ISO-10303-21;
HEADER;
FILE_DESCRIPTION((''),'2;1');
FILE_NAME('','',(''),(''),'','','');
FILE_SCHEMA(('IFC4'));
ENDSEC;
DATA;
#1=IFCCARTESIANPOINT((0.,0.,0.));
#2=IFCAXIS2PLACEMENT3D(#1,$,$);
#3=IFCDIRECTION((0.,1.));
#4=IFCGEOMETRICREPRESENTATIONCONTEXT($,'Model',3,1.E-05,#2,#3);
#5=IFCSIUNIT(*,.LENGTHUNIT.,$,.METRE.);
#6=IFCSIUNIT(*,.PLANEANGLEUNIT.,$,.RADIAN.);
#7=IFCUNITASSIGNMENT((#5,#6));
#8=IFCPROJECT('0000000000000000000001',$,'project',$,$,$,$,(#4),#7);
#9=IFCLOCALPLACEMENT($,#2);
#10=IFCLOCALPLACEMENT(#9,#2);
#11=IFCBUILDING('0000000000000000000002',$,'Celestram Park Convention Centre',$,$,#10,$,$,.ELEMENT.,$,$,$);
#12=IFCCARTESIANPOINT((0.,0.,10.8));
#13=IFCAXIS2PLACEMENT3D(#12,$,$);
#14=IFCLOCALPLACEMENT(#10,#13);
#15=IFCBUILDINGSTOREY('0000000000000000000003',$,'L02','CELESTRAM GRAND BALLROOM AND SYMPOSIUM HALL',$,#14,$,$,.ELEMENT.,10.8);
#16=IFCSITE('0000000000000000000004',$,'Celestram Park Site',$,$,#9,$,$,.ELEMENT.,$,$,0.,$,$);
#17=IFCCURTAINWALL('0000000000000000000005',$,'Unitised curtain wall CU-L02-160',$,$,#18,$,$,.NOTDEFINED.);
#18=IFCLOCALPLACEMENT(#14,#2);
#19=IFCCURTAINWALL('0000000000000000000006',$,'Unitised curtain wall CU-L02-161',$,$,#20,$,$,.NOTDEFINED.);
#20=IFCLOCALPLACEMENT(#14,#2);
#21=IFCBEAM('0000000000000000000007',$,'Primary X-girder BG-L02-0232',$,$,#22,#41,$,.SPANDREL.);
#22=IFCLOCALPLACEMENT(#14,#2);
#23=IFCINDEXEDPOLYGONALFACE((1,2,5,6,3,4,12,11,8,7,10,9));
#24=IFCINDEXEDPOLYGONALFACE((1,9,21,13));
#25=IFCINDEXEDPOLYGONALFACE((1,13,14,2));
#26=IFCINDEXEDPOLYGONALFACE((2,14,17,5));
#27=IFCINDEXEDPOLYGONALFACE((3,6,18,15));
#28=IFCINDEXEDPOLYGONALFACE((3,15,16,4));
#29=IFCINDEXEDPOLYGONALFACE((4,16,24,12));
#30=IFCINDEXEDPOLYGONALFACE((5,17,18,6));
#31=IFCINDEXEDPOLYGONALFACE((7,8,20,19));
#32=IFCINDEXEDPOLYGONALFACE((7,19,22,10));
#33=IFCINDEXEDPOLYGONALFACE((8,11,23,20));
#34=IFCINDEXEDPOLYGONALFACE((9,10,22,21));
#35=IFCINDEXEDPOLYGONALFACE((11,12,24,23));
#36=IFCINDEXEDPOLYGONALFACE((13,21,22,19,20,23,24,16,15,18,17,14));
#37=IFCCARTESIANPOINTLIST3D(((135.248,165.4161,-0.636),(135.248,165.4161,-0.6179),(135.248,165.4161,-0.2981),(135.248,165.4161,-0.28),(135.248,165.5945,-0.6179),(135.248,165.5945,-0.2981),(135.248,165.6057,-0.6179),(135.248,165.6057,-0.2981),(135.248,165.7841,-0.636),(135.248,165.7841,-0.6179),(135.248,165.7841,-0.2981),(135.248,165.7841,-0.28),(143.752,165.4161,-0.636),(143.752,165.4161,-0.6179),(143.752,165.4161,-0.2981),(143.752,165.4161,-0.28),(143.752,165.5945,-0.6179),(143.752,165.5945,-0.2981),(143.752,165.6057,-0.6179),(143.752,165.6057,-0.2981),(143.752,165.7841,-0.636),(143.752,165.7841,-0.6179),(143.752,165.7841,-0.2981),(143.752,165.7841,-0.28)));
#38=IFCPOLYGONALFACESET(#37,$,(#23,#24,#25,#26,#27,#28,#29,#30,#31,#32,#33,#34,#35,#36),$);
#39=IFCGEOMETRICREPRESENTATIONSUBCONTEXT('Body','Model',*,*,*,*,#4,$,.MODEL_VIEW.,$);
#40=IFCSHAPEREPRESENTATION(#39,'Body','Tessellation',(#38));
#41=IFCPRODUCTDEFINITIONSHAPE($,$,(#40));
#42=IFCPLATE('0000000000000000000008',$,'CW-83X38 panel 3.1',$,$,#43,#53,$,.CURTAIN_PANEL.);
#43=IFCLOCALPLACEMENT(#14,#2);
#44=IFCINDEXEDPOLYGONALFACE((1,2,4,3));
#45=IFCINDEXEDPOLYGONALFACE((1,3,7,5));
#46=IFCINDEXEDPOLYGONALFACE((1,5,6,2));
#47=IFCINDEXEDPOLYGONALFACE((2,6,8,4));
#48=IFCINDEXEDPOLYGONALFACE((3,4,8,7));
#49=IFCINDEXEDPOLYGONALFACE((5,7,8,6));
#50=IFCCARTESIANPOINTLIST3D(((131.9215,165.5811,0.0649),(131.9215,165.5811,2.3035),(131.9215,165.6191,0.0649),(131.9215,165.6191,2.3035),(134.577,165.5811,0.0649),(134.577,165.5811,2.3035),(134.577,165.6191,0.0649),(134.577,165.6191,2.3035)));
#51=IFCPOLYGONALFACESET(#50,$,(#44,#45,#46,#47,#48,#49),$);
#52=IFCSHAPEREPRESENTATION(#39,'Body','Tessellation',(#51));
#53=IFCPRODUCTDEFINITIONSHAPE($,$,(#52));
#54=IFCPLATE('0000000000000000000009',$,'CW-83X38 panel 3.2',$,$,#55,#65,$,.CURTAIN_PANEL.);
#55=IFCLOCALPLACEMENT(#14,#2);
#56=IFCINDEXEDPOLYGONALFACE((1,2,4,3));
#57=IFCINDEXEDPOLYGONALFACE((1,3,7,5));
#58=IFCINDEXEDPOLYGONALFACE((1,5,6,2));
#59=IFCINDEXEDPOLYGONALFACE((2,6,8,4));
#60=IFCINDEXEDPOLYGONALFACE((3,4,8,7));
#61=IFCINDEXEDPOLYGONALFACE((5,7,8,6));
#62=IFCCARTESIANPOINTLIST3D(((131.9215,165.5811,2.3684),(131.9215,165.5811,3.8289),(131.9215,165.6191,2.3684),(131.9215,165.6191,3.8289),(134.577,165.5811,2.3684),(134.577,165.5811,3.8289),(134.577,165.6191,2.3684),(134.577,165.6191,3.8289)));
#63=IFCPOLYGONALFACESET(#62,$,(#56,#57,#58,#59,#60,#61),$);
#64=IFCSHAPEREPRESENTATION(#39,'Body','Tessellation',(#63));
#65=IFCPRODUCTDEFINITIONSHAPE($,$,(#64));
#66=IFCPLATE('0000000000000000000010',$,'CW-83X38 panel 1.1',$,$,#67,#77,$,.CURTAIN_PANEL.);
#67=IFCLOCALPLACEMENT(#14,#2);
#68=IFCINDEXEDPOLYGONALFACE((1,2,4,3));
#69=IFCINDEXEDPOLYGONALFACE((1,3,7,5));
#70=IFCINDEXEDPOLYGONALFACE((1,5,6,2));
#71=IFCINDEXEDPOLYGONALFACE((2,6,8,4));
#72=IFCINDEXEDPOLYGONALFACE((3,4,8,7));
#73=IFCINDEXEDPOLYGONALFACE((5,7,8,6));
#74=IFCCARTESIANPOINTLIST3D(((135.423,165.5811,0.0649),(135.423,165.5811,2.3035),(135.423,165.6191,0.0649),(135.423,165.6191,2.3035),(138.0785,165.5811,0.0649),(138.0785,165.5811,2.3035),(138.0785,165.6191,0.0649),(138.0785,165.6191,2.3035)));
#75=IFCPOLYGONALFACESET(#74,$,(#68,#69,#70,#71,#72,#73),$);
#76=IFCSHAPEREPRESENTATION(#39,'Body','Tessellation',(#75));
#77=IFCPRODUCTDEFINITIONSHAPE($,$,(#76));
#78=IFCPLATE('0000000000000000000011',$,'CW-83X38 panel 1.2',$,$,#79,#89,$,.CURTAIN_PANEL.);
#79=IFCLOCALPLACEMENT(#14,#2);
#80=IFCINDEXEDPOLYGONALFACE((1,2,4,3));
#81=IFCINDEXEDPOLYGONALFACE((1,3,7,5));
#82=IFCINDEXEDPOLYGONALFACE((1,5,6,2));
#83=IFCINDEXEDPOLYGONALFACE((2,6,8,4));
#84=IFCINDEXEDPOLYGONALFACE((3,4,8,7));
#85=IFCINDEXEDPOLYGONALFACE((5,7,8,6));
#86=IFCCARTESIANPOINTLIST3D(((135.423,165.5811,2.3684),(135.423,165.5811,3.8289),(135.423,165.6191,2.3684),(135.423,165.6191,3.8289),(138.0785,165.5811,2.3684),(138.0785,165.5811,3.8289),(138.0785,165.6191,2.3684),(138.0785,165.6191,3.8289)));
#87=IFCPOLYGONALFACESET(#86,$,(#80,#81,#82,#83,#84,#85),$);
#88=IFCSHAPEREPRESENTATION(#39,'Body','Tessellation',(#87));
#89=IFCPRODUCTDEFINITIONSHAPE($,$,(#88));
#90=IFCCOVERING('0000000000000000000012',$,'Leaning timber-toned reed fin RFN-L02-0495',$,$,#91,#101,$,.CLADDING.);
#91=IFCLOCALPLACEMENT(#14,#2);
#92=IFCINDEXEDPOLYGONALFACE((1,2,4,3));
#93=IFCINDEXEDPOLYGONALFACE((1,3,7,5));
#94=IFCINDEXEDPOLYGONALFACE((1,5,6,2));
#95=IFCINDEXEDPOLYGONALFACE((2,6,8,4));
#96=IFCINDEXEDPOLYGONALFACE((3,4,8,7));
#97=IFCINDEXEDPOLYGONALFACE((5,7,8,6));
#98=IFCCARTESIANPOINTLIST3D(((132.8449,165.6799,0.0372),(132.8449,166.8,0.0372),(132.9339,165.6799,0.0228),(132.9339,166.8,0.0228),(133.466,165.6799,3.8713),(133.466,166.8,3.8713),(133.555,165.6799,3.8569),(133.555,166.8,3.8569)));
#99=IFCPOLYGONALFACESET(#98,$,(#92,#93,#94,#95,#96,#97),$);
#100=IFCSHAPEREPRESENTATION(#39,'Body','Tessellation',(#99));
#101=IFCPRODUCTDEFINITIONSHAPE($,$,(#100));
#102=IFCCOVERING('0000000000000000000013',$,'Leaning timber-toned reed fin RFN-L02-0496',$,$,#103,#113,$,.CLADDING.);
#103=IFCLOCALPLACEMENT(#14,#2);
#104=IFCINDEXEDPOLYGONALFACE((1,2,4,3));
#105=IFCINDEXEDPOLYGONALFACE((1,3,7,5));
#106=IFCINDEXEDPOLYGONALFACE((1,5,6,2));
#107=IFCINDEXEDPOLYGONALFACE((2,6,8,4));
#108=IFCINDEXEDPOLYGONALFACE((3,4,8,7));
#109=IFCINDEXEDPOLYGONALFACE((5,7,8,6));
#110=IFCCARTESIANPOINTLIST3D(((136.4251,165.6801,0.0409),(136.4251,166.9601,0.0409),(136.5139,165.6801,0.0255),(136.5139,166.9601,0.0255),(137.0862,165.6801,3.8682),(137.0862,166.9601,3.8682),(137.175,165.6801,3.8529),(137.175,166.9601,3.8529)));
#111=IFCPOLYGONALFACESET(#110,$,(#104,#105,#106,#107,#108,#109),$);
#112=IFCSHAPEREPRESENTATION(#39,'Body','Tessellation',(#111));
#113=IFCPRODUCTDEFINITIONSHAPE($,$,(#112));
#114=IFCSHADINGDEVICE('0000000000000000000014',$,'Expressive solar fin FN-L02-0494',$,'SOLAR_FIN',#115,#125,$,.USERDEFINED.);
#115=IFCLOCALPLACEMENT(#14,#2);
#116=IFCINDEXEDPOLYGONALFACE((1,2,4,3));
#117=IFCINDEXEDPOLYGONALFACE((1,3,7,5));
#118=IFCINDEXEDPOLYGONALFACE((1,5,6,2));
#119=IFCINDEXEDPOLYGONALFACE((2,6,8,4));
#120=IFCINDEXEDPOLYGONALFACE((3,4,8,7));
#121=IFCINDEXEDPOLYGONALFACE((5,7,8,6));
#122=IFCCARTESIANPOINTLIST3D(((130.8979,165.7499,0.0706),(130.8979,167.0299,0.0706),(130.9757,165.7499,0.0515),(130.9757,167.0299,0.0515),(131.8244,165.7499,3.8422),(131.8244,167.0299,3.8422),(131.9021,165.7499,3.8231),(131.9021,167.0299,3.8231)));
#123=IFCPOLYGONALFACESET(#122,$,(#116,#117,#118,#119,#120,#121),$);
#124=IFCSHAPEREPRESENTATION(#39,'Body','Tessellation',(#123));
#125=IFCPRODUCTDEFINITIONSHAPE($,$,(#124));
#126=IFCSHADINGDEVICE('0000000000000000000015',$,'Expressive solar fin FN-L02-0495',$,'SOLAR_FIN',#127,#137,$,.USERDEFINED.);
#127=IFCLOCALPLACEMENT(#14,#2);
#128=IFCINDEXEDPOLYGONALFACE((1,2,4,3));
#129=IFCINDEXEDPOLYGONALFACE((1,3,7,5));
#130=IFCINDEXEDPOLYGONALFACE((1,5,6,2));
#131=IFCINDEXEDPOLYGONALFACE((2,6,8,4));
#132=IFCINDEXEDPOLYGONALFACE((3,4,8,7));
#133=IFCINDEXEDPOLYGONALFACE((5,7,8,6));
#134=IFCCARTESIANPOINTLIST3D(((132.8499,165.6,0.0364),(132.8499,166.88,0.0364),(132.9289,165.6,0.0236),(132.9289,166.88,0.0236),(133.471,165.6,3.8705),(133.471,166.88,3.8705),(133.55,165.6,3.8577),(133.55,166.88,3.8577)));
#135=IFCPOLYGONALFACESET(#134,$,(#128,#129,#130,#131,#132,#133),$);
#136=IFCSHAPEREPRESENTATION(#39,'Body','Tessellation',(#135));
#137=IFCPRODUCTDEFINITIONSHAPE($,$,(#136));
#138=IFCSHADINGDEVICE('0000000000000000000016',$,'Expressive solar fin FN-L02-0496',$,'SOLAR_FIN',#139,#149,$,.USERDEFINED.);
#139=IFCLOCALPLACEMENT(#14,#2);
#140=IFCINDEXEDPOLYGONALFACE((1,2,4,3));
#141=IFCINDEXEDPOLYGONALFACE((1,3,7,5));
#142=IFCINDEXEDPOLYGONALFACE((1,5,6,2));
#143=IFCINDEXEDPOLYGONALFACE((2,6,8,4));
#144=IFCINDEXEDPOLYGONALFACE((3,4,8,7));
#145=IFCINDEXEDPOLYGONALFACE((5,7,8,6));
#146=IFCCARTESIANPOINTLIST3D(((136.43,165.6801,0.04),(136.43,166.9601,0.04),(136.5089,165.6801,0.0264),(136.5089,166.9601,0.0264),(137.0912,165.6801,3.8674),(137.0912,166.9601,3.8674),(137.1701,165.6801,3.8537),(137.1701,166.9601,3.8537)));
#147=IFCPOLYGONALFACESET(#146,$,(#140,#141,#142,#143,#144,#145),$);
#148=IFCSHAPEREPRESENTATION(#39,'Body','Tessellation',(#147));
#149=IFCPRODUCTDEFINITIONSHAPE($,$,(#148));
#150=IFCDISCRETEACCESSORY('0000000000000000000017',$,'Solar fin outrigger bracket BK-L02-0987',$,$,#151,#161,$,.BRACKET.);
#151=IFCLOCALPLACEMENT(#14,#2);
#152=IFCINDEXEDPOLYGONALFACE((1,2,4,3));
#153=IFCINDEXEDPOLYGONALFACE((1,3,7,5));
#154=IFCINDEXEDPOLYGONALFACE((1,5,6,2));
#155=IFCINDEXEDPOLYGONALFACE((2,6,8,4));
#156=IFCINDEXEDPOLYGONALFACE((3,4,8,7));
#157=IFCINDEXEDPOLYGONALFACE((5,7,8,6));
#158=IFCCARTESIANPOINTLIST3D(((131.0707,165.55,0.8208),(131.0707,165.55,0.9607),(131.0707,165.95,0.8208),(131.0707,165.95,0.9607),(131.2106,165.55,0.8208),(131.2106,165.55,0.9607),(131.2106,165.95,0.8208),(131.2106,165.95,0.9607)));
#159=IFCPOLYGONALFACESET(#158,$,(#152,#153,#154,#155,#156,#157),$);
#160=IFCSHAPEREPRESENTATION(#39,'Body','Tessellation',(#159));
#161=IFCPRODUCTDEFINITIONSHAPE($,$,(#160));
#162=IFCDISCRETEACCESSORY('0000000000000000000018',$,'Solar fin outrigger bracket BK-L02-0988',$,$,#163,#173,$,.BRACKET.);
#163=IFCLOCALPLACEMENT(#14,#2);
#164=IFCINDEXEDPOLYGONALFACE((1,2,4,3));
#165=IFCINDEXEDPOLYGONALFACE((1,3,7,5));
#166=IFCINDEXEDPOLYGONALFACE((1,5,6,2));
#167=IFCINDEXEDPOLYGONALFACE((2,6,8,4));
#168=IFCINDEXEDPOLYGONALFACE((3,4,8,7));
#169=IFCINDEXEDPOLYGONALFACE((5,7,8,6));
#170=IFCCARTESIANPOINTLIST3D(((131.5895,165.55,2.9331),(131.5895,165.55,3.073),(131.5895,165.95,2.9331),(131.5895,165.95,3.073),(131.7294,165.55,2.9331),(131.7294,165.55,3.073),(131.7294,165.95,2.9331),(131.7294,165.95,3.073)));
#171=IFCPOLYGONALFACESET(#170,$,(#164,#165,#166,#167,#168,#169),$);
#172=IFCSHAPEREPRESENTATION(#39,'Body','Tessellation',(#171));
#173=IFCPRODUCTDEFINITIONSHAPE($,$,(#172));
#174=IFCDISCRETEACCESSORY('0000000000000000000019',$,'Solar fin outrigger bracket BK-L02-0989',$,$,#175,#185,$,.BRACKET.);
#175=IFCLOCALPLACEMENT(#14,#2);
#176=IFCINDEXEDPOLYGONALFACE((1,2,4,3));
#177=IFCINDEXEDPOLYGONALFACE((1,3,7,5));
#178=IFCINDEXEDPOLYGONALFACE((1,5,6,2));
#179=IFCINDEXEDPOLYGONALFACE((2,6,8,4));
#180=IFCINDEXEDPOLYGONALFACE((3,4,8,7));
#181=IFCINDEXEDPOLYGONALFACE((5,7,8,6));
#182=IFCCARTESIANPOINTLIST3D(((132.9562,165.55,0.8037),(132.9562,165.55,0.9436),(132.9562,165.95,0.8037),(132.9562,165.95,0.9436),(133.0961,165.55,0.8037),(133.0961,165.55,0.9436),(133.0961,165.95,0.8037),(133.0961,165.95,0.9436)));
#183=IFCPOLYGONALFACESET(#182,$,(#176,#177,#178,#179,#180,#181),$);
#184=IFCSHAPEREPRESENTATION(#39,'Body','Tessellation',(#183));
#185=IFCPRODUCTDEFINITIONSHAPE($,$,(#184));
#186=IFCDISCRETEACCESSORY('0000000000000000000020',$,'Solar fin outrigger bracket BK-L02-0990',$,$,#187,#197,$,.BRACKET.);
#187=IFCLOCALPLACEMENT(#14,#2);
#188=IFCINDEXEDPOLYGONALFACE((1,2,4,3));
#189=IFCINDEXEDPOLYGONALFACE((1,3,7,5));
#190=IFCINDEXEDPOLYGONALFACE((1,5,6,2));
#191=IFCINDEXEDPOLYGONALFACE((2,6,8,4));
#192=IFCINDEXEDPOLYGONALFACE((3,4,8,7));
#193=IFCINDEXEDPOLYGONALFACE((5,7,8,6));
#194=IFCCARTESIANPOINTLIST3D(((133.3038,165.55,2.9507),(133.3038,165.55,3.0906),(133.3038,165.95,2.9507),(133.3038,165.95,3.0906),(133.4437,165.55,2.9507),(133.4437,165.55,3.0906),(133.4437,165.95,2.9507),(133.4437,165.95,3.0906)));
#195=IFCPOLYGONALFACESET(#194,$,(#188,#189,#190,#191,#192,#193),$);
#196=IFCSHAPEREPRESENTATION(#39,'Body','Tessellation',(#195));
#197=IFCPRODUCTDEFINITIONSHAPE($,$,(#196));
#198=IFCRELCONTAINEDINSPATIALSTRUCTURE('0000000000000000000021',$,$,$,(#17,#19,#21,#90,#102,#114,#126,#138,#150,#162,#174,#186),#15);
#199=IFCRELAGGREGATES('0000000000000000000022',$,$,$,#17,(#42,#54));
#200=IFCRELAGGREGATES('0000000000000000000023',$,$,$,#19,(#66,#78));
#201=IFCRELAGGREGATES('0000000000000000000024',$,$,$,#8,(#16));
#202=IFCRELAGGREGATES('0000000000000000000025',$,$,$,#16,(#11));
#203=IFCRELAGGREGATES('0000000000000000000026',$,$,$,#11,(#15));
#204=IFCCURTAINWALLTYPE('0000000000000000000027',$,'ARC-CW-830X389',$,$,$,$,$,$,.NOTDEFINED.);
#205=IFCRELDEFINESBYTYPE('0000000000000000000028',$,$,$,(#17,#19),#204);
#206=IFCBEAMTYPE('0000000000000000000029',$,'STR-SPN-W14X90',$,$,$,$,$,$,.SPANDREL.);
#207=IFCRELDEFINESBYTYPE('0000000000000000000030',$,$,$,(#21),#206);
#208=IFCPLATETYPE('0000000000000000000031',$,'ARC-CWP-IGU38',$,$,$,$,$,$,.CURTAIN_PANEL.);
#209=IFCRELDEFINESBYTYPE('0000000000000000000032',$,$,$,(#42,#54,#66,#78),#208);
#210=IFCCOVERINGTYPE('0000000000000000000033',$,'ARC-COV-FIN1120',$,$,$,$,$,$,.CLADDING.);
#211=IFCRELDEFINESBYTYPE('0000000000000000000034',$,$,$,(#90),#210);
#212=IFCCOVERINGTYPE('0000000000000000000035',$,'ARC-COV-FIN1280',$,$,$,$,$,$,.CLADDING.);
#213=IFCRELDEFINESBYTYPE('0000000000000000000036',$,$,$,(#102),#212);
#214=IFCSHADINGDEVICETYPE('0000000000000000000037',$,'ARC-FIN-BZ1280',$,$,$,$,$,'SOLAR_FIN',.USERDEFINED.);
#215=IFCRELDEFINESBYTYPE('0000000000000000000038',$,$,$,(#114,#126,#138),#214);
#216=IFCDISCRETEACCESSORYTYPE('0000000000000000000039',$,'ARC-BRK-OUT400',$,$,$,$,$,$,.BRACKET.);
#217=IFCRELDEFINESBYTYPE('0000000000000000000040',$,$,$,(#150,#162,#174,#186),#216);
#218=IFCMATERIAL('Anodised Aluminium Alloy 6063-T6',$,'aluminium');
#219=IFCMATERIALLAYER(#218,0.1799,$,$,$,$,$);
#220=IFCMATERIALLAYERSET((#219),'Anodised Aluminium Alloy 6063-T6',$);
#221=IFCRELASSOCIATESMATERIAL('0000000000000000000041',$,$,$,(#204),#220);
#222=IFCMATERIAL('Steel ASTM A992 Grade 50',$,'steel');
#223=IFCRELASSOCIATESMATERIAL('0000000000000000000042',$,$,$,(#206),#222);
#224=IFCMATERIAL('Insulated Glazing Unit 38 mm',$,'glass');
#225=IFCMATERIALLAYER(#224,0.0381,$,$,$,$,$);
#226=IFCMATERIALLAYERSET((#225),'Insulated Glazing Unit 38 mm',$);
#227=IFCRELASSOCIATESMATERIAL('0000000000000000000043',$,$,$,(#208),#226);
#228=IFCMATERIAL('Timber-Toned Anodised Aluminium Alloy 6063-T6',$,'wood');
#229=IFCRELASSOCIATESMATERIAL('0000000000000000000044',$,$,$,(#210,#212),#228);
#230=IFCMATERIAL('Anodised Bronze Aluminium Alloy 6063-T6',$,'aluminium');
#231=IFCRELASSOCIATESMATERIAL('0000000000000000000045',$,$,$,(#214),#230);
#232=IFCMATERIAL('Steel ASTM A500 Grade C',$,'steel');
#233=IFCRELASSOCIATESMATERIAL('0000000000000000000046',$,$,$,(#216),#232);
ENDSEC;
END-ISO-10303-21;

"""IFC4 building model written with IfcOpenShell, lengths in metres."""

from ifc_helpers import new_model, si_unit, direction, frame, origin, origin_2d, place, context, subcontext, project, spatial, rectangle, i_section, extrude, material, layer, layer_set, material_profile, profile_set, type_object, element, aggregate, save


model = new_model("IFC4")

# Units and contexts
model_context = context("Model", 3, precision=1e-05, world=origin(), true_north=direction((0.0, 1.0)))
body_context = subcontext(model_context, "Body", "Model", "MODEL_VIEW")
ifc_project = project(units=[si_unit("LENGTHUNIT", "METRE"), si_unit("PLANEANGLEUNIT", "RADIAN")], contexts=[model_context])

# Site, building, storey
site_placement = place(None, origin())
site = spatial("IfcSite", under=ifc_project, at=site_placement, Name="Celestram Park Site", CompositionType="ELEMENT", RefElevation=0.0)
building_placement = place(site_placement, origin())
building = spatial("IfcBuilding", under=site, at=building_placement, Name="Celestram Park Convention Centre", CompositionType="ELEMENT")
storey_placement = place(building_placement, frame((0.0, 0.0, 10.8)))
storey = spatial("IfcBuildingStorey", under=building, at=storey_placement, Name="L02", Description="CELESTRAM GRAND BALLROOM AND SYMPOSIUM HALL", CompositionType="ELEMENT", Elevation=10.8)

# Curtain wall
ifc_material_1 = material(Name="Anodised Aluminium Alloy 6063-T6", Category="aluminium")
ifc_layer_1 = layer(ifc_material_1, 0.1799)
ifc_layer_set_1 = layer_set([ifc_layer_1], Name="Anodised Aluminium Alloy 6063-T6")
curtain_wall_type = type_object("IfcCurtainWallType", Name="ARC-CW-830X389", PredefinedType="NOTDEFINED", material=ifc_layer_set_1)
curtain_wall_1_placement = place(storey_placement, origin())
curtain_wall_1 = element("IfcCurtainWall", 1, at=curtain_wall_1_placement, inside=storey, type_object=curtain_wall_type, Name="Unitised curtain wall CU-L02-160", PredefinedType="NOTDEFINED")

# Curtain wall
curtain_wall_2_placement = place(storey_placement, origin())
curtain_wall_2 = element("IfcCurtainWall", 2, at=curtain_wall_2_placement, inside=storey, type_object=curtain_wall_type, Name="Unitised curtain wall CU-L02-161", PredefinedType="NOTDEFINED")

# Beam
ifc_material_2 = material(Name="Steel ASTM A992 Grade 50", Category="steel")
ifc_material_profile_1 = material_profile(ifc_material_2, i_section(OverallWidth=0.3679, OverallDepth=0.356, WebThickness=0.0112, FlangeThickness=0.0181, at=origin_2d()), Name="W14X90")
ifc_profile_set_1 = profile_set([ifc_material_profile_1], Name="Steel ASTM A992 Grade 50")
beam_type = type_object("IfcBeamType", Name="STR-SPN-W14X90", PredefinedType="SPANDREL", material=ifc_profile_set_1)
beam_placement = place(storey_placement, frame((135.248, 165.6001, -0.458), z_axis=(1.0, 0.0, 0.0), x_axis=(0.0, 1.0, 0.0)))
element("IfcBeam", 3, at=beam_placement, inside=storey, type_object=beam_type, Name="Primary X-girder BG-L02-0232", PredefinedType="SPANDREL", context=body_context, shape_type="SweptSolid", body=[
    extrude(i_section(OverallWidth=0.3679, OverallDepth=0.356, WebThickness=0.0112, FlangeThickness=0.0181, at=origin_2d()), origin(), (0.0, 0.0, 1.0), 8.5039),
])

# Plates
ifc_material_3 = material(Name="Insulated Glazing Unit 38 mm", Category="glass")
ifc_layer_2 = layer(ifc_material_3, 0.0381)
ifc_layer_set_2 = layer_set([ifc_layer_2], Name="Insulated Glazing Unit 38 mm")
plate_type = type_object("IfcPlateType", Name="ARC-CWP-IGU38", PredefinedType="CURTAIN_PANEL", material=ifc_layer_set_2)
plate_1_placement = place(storey_placement, frame((133.2493, 165.6001, 0.0649), z_axis=(0.0, 0.0, 1.0), x_axis=(1.0, 0.0, 0.0)))
plate_1 = element("IfcPlate", 4, at=plate_1_placement, type_object=plate_type, Name="CW-83X38 panel 3.1", PredefinedType="CURTAIN_PANEL", context=body_context, shape_type="SweptSolid", body=[
    extrude(rectangle(XDim=2.6555, YDim=0.0381, at=origin_2d()), origin(), (0.0, 0.0, 1.0), 2.2385),
])
plate_2_placement = place(storey_placement, frame((133.2493, 165.6001, 2.3684), z_axis=(0.0, 0.0, 1.0), x_axis=(1.0, 0.0, 0.0)))
plate_2 = element("IfcPlate", 5, at=plate_2_placement, type_object=plate_type, Name="CW-83X38 panel 3.2", PredefinedType="CURTAIN_PANEL", context=body_context, shape_type="SweptSolid", body=[
    extrude(rectangle(XDim=2.6555, YDim=0.0381, at=origin_2d()), origin(), (0.0, 0.0, 1.0), 1.4604),
])
aggregate(curtain_wall_1, [plate_1, plate_2])
plate_3_placement = place(storey_placement, frame((136.7507, 165.6001, 0.0649), z_axis=(0.0, 0.0, 1.0), x_axis=(1.0, 0.0, 0.0)))
plate_3 = element("IfcPlate", 6, at=plate_3_placement, type_object=plate_type, Name="CW-83X38 panel 1.1", PredefinedType="CURTAIN_PANEL", context=body_context, shape_type="SweptSolid", body=[
    extrude(rectangle(XDim=2.6555, YDim=0.0381, at=origin_2d()), origin(), (0.0, 0.0, 1.0), 2.2385),
])
plate_4_placement = place(storey_placement, frame((136.7507, 165.6001, 2.3684), z_axis=(0.0, 0.0, 1.0), x_axis=(1.0, 0.0, 0.0)))
plate_4 = element("IfcPlate", 7, at=plate_4_placement, type_object=plate_type, Name="CW-83X38 panel 1.2", PredefinedType="CURTAIN_PANEL", context=body_context, shape_type="SweptSolid", body=[
    extrude(rectangle(XDim=2.6555, YDim=0.0381, at=origin_2d()), origin(), (0.0, 0.0, 1.0), 1.4604),
])
aggregate(curtain_wall_2, [plate_3, plate_4])

# Coverings
ifc_material_4 = material(Name="Timber-Toned Anodised Aluminium Alloy 6063-T6", Category="wood")
ifc_material_profile_2 = material_profile(ifc_material_4, rectangle(XDim=1.1201, YDim=0.0901, at=origin_2d()), Name="REED1120X90")
ifc_profile_set_2 = profile_set([ifc_material_profile_2], Name="Timber-Toned Anodised Aluminium Alloy 6063-T6")
covering_type_1 = type_object("IfcCoveringType", Name="ARC-COV-FIN1120", PredefinedType="CLADDING", material=ifc_profile_set_2)
covering_1_placement = place(storey_placement, frame((132.8894, 166.24, 0.03), z_axis=(0.159912, 0.0, 0.987131), x_axis=(0.0, 1.0, 0.0)))
element("IfcCovering", 8, at=covering_1_placement, inside=storey, type_object=covering_type_1, Name="Leaning timber-toned reed fin RFN-L02-0495", PredefinedType="CLADDING", context=body_context, shape_type="SweptSolid", body=[
    extrude(rectangle(XDim=1.1201, YDim=0.0901, at=origin_2d()), origin(), (0.0, 0.0, 1.0), 3.884),
])
ifc_material_profile_3 = material_profile(ifc_material_4, rectangle(XDim=1.28, YDim=0.0901, at=origin_2d()), Name="REED1280X90")
ifc_profile_set_3 = profile_set([ifc_material_profile_3], Name="Timber-Toned Anodised Aluminium Alloy 6063-T6")
covering_type_2 = type_object("IfcCoveringType", Name="ARC-COV-FIN1280", PredefinedType="CLADDING", material=ifc_profile_set_3)
covering_2_placement = place(storey_placement, frame((136.4695, 166.3201, 0.0332), z_axis=(0.170216, 0.0, 0.985407), x_axis=(0.0, 1.0, 0.0)))
element("IfcCovering", 9, at=covering_2_placement, inside=storey, type_object=covering_type_2, Name="Leaning timber-toned reed fin RFN-L02-0496", PredefinedType="CLADDING", context=body_context, shape_type="SweptSolid", body=[
    extrude(rectangle(XDim=1.28, YDim=0.0901, at=origin_2d()), origin(), (0.0, 0.0, 1.0), 3.884),
])

# Shading devices
ifc_material_5 = material(Name="Anodised Bronze Aluminium Alloy 6063-T6", Category="aluminium")
ifc_material_profile_4 = material_profile(ifc_material_5, rectangle(XDim=1.28, YDim=0.0801, at=origin_2d()), Name="FIN1280X80")
ifc_profile_set_4 = profile_set([ifc_material_profile_4], Name="Anodised Bronze Aluminium Alloy 6063-T6")
shading_device_type = type_object("IfcShadingDeviceType", Name="ARC-FIN-BZ1280", ElementType="SOLAR_FIN", PredefinedType="USERDEFINED", material=ifc_profile_set_4)
shading_device_placement = place(storey_placement, frame((130.9368, 166.3899, 0.061), z_axis=(0.238555, 0.0, 0.971129), x_axis=(0.0, 1.0, 0.0)))
element("IfcShadingDevice", 10, at=shading_device_placement, inside=storey, type_object=shading_device_type, Name="Expressive solar fin FN-L02-0494", ObjectType="SOLAR_FIN", PredefinedType="USERDEFINED", context=body_context, shape_type="SweptSolid", body=[
    extrude(rectangle(XDim=1.28, YDim=0.0801, at=origin_2d()), origin(), (0.0, 0.0, 1.0), 3.8838),
])
for number, where, z_axis, x_axis, name in (
    (11, (132.8894, 166.24, 0.03), (0.159912, 0.0, 0.987131), (0.0, 1.0, 0.0), "Expressive solar fin FN-L02-0495"),
    (12, (136.4695, 166.3201, 0.0332), (0.170216, 0.0, 0.985407), (0.0, 1.0, 0.0), "Expressive solar fin FN-L02-0496"),
):
    element("IfcShadingDevice", number, at=place(storey_placement, frame(where, z_axis=z_axis, x_axis=x_axis)), inside=storey, type_object=shading_device_type, Name=name, ObjectType="SOLAR_FIN", PredefinedType="USERDEFINED", context=body_context, shape_type="SweptSolid", body=[
        extrude(rectangle(XDim=1.28, YDim=0.0801, at=origin_2d()), origin(), (0.0, 0.0, 1.0), 3.884),
    ])

# Discrete accessories
ifc_material_6 = material(Name="Steel ASTM A500 Grade C", Category="steel")
discrete_accessory_type = type_object("IfcDiscreteAccessoryType", Name="ARC-BRK-OUT400", PredefinedType="BRACKET", material=ifc_material_6)
for number, where, z_axis, x_axis, name in (
    (13, (131.1406, 165.75, 0.8208), (0.0, 0.0, 1.0), (0.0, 1.0, 0.0), "Solar fin outrigger bracket BK-L02-0987"),
    (14, (131.6594, 165.75, 2.9331), (0.0, 0.0, 1.0), (0.0, 1.0, 0.0), "Solar fin outrigger bracket BK-L02-0988"),
    (15, (133.0261, 165.75, 0.8037), (0.0, 0.0, 1.0), (0.0, 1.0, 0.0), "Solar fin outrigger bracket BK-L02-0989"),
    (16, (133.3738, 165.75, 2.9507), (0.0, 0.0, 1.0), (0.0, 1.0, 0.0), "Solar fin outrigger bracket BK-L02-0990"),
):
    element("IfcDiscreteAccessory", number, at=place(storey_placement, frame(where, z_axis=z_axis, x_axis=x_axis)), inside=storey, type_object=discrete_accessory_type, Name=name, PredefinedType="BRACKET", context=body_context, shape_type="SweptSolid", body=[
        extrude(rectangle(XDim=0.3999, YDim=0.1399, at=origin_2d()), origin(), (0.0, 0.0, 1.0), 0.1399),
    ])

save(model, "model.ifc")
